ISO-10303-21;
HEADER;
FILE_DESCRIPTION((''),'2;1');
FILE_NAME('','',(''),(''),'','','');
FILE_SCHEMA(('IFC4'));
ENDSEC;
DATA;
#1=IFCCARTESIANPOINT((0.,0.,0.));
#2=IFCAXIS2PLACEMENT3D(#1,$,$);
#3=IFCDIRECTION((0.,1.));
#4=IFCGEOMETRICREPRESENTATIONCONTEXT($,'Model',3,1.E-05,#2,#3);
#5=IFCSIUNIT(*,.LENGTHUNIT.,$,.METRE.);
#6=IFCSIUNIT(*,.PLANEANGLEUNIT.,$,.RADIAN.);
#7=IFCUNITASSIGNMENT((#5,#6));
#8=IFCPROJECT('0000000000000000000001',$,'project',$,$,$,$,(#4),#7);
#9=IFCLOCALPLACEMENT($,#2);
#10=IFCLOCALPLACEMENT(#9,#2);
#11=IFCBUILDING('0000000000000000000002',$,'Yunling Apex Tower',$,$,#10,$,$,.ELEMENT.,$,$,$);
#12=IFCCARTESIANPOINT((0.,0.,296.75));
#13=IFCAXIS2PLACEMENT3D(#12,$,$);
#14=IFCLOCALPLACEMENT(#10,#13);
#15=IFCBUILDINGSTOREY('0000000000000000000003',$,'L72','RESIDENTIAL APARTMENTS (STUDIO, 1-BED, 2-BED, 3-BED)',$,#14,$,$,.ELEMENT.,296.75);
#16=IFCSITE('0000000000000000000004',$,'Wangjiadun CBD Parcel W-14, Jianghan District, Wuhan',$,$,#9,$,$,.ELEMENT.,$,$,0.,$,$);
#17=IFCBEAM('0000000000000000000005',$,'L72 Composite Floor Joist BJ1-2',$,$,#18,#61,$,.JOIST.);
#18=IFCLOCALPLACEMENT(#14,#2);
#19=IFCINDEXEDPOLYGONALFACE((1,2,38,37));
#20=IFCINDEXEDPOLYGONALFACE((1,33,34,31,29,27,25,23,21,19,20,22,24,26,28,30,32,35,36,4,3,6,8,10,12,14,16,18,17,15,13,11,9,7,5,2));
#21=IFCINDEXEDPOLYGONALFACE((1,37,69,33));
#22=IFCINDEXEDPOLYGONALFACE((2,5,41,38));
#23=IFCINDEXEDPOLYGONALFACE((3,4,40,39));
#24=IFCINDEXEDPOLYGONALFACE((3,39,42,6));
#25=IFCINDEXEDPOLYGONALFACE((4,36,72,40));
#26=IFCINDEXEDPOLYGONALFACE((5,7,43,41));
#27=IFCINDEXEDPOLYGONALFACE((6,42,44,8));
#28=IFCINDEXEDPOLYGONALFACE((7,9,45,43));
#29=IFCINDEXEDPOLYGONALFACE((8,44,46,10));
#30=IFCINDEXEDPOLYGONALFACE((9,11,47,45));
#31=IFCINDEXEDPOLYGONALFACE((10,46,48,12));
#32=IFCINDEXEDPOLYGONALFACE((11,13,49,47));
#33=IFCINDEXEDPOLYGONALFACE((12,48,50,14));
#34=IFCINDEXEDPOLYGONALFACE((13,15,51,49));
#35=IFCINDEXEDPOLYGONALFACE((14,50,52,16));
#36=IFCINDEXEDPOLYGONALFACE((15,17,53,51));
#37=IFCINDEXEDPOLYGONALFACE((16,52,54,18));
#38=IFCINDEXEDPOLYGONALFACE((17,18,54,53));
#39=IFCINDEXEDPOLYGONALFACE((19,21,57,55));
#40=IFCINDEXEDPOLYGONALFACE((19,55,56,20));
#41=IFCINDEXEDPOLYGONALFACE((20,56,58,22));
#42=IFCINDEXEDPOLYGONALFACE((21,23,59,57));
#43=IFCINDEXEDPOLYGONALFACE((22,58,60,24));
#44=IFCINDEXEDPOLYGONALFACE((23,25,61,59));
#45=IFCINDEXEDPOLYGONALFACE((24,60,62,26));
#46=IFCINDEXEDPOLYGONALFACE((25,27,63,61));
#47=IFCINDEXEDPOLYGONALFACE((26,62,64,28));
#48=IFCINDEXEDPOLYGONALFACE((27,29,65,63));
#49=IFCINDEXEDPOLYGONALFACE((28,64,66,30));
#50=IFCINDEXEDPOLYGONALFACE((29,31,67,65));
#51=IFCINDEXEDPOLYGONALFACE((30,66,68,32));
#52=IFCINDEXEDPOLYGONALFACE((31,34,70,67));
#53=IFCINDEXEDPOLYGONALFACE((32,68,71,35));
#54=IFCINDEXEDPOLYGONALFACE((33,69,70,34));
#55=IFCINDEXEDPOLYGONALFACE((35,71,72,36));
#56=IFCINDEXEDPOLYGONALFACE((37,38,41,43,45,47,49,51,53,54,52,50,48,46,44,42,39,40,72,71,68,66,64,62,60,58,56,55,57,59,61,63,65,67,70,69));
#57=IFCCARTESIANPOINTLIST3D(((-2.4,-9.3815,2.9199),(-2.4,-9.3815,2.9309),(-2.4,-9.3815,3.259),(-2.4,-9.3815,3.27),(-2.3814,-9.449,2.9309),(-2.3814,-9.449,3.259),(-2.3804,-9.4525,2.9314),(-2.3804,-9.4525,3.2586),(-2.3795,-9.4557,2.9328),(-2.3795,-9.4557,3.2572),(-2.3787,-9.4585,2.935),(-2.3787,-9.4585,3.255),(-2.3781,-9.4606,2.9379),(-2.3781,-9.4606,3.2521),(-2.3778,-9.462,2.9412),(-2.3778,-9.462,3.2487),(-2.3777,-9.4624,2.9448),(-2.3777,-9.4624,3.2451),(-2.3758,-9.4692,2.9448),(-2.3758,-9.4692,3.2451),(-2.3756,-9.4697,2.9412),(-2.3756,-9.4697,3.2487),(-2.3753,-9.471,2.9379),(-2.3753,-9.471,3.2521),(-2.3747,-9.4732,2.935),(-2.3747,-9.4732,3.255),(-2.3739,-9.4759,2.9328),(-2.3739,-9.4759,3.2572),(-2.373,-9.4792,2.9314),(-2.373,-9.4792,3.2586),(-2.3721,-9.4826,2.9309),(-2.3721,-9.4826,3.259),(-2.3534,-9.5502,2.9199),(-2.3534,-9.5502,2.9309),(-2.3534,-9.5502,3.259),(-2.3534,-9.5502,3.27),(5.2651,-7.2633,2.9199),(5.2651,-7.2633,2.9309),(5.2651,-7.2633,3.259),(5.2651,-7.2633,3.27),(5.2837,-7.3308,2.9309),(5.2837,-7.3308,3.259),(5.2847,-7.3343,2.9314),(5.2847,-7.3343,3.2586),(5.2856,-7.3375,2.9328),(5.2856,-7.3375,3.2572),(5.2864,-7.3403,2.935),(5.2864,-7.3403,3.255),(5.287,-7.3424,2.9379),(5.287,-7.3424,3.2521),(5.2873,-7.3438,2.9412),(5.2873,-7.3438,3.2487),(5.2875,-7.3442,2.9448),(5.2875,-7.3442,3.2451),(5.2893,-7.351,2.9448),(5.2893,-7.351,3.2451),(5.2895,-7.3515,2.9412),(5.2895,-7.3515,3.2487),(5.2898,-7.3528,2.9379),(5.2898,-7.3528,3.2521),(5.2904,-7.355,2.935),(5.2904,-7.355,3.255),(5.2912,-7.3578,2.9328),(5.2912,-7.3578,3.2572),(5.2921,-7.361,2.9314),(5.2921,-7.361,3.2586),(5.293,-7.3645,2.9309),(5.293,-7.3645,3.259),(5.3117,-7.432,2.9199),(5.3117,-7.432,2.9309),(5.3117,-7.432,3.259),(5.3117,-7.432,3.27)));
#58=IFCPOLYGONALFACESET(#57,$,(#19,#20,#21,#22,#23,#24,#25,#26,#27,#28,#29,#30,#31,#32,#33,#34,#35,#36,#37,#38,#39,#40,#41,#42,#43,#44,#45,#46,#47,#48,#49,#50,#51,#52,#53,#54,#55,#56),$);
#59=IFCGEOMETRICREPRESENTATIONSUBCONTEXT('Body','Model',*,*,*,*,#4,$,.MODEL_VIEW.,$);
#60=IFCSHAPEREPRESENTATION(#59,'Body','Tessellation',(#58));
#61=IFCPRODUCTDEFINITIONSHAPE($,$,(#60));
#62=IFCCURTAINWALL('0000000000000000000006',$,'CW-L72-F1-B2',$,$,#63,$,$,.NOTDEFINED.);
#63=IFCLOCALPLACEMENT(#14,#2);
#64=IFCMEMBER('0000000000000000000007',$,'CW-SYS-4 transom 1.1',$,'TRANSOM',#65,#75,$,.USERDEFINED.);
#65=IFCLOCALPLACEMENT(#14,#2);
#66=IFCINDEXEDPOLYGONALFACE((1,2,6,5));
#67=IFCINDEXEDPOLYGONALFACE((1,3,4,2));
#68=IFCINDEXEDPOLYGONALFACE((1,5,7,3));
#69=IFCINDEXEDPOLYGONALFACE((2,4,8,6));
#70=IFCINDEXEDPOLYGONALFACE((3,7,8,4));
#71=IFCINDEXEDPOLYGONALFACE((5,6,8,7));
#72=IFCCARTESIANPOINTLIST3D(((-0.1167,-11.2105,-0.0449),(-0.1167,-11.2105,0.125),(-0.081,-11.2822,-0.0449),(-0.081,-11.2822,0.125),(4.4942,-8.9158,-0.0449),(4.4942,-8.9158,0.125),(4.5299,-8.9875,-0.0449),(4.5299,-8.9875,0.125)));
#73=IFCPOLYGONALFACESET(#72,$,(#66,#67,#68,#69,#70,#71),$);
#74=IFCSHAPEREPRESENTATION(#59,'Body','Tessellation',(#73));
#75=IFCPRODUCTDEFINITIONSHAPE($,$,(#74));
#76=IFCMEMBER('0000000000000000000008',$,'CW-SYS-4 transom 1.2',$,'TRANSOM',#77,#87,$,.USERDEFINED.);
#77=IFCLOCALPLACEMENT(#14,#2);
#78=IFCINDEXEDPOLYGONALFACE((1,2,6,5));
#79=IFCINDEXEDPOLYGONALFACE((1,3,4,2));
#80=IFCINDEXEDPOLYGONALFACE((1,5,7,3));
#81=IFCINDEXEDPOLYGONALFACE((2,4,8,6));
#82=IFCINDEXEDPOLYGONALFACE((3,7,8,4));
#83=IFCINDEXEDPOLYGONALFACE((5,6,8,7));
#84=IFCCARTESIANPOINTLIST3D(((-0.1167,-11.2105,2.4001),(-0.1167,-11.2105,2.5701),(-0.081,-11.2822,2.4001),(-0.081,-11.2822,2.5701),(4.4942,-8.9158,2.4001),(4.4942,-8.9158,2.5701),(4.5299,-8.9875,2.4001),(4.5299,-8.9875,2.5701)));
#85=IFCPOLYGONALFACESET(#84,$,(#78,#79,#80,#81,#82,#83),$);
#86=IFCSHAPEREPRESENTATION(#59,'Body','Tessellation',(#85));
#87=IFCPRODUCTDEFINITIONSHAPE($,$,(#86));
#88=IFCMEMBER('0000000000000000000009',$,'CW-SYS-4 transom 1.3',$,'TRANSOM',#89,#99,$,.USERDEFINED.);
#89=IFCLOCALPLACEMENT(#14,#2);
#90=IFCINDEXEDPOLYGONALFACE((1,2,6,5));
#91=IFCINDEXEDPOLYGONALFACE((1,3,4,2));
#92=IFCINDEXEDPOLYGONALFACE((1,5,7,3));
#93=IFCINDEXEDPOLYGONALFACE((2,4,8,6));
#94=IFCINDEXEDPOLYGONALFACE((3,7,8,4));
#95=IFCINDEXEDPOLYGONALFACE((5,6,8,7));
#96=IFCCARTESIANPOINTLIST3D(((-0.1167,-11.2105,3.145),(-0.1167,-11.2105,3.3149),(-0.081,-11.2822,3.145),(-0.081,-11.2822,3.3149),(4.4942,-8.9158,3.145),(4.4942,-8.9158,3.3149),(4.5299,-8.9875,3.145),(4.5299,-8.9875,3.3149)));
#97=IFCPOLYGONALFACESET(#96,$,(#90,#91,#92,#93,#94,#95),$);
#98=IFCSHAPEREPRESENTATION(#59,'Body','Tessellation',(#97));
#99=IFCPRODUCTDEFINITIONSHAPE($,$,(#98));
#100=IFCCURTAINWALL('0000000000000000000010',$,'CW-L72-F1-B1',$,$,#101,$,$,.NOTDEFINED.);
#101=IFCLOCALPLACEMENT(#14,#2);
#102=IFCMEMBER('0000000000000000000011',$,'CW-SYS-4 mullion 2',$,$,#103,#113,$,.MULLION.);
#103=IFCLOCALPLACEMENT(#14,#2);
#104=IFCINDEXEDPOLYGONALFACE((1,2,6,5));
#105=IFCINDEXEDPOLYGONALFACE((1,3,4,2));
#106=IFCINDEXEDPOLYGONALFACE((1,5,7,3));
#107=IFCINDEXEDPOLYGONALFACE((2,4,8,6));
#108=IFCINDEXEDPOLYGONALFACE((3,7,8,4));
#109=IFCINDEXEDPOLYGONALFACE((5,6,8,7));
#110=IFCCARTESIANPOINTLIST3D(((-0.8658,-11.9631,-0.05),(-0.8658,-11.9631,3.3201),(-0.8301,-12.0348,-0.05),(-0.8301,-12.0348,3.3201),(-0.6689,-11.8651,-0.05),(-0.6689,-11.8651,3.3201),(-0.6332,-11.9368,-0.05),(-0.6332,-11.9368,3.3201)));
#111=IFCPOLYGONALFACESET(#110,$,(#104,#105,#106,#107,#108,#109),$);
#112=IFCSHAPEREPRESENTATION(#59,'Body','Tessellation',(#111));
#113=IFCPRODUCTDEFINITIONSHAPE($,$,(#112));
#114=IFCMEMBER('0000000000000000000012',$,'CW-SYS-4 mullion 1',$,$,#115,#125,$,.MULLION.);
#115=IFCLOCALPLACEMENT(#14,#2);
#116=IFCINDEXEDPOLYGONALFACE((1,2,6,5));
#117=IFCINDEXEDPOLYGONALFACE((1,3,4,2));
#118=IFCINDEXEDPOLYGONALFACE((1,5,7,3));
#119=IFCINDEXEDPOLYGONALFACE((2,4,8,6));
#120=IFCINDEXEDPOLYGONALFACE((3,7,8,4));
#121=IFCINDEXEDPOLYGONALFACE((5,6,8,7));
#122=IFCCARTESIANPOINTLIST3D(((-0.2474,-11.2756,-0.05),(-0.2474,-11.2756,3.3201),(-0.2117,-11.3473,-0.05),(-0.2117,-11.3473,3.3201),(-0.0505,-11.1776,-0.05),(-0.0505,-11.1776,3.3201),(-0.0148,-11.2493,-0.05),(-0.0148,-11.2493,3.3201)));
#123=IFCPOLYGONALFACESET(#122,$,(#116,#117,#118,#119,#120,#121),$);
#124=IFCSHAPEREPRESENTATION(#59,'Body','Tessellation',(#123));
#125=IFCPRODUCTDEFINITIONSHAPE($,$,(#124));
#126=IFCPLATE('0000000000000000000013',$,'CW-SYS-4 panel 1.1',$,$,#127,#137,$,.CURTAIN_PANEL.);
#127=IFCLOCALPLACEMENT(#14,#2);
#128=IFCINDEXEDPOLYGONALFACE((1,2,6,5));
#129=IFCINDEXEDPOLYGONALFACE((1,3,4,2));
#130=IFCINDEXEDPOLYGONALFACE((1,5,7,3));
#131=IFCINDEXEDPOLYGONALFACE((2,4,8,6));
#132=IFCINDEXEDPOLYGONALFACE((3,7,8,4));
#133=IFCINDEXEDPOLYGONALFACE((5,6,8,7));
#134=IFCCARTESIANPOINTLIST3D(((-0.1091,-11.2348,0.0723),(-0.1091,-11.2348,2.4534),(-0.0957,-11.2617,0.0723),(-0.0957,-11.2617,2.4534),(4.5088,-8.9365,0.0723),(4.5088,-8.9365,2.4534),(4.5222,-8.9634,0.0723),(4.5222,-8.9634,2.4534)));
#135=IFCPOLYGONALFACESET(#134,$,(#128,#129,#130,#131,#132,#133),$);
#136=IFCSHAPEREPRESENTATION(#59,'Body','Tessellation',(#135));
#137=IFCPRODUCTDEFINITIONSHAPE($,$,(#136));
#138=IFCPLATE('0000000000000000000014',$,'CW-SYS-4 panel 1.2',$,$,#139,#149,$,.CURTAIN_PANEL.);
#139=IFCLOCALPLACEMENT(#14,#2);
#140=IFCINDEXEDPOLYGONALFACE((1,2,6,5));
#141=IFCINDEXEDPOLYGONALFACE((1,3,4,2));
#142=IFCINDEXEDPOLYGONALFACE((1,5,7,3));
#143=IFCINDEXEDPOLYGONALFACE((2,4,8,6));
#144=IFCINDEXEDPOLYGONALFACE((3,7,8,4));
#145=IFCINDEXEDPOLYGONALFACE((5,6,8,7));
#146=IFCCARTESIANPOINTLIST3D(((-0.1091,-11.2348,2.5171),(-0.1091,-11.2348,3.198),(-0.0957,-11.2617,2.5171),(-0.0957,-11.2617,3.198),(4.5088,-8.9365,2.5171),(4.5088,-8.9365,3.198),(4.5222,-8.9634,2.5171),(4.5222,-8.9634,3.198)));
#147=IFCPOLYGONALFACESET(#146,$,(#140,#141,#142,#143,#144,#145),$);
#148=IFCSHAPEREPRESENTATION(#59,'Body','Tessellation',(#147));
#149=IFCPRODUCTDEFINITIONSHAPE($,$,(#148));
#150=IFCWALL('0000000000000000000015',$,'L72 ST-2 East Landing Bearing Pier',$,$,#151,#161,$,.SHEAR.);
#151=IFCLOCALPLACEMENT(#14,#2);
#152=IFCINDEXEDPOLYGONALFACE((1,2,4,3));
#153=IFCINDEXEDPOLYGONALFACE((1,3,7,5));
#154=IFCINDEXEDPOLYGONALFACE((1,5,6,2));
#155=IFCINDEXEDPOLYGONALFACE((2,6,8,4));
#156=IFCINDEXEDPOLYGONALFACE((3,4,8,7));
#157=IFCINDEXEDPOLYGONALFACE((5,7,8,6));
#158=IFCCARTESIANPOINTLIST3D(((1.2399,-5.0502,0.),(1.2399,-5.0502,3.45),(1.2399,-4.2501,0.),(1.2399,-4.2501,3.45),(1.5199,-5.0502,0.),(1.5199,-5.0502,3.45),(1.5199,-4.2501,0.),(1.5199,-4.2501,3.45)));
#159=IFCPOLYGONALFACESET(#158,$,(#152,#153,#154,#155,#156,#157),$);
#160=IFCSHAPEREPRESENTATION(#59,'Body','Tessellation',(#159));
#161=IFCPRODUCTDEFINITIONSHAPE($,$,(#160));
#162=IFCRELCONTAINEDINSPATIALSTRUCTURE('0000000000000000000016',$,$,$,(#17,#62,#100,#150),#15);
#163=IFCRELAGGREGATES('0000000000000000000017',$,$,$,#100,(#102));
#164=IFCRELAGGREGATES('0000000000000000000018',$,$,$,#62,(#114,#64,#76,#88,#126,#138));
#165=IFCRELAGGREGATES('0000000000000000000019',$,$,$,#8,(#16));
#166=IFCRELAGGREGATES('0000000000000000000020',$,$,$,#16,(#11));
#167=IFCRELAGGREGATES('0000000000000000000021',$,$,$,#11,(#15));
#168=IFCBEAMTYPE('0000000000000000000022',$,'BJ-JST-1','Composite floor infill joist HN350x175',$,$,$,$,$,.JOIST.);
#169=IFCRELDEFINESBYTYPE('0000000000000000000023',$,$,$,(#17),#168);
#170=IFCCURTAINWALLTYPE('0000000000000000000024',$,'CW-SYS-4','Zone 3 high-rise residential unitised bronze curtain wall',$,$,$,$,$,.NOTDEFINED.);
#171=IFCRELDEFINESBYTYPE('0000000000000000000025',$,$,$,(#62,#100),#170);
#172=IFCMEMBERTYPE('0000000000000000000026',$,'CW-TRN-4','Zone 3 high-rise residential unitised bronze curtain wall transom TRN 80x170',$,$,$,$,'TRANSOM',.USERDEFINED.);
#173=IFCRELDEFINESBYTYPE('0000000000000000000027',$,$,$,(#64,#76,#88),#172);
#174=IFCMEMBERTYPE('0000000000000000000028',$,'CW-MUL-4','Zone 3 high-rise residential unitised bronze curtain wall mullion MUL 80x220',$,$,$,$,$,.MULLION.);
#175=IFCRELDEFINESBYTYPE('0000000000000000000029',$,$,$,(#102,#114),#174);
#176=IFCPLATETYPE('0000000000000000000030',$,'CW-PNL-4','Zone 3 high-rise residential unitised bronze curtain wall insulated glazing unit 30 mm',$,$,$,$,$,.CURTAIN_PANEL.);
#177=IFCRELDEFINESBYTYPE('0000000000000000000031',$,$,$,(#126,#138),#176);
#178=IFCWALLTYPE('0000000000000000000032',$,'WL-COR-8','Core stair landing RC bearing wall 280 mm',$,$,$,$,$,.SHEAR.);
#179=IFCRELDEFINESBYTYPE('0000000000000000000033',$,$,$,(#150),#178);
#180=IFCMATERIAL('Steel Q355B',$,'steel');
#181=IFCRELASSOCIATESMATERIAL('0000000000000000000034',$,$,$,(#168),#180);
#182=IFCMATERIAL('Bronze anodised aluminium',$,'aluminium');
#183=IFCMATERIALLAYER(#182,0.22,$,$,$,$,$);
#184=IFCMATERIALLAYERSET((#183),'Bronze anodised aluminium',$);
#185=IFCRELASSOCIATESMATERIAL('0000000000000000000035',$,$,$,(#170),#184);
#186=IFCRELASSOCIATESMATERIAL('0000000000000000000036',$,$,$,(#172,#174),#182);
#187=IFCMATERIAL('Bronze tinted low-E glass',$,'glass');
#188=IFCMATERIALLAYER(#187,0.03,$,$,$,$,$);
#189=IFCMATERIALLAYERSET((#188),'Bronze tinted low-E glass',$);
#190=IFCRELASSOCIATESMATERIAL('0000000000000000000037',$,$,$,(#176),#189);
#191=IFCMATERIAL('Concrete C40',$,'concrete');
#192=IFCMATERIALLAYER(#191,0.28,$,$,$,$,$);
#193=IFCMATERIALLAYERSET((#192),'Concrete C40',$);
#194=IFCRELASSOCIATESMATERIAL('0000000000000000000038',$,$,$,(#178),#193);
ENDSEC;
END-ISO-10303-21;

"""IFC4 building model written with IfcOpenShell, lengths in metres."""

from ifc_helpers import new_model, si_unit, direction, frame, frame_2d, origin, origin_2d, place, context, subcontext, project, spatial, rectangle, i_section, extrude, source, transform, mapped, material, layer, layer_set, material_profile, profile_set, type_object, element, aggregate, save


model = new_model("IFC4")

# Units and contexts
model_context = context("Model", 3, precision=1e-05, world=origin(), true_north=direction((0.0, 1.0)))
body_context = subcontext(model_context, "Body", "Model", "MODEL_VIEW")
ifc_project = project(units=[si_unit("LENGTHUNIT", "METRE"), si_unit("PLANEANGLEUNIT", "RADIAN")], contexts=[model_context])

# Site, building, storey
site_placement = place(None, origin())
site = spatial("IfcSite", under=ifc_project, at=site_placement, Name="Wangjiadun CBD Parcel W-14, Jianghan District, Wuhan", CompositionType="ELEMENT", RefElevation=0.0)
building_placement = place(site_placement, origin())
building = spatial("IfcBuilding", under=site, at=building_placement, Name="Yunling Apex Tower", CompositionType="ELEMENT")
storey_placement = place(building_placement, frame((0.0, 0.0, 296.75)))
storey = spatial("IfcBuildingStorey", under=building, at=storey_placement, Name="L72", Description="RESIDENTIAL APARTMENTS (STUDIO, 1-BED, 2-BED, 3-BED)", CompositionType="ELEMENT", Elevation=296.75)

# Shared definitions
ifc_material_1 = material(Name="Steel Q355B", Category="steel")

# Beam
ifc_material_profile_1 = material_profile(ifc_material_1, i_section(OverallWidth=0.175, OverallDepth=0.3501, WebThickness=0.0071, FlangeThickness=0.011, FilletRadius=0.0139, at=origin_2d()))
ifc_profile_set_1 = profile_set([ifc_material_profile_1], Name="Steel Q355B")
beam_type_1 = type_object("IfcBeamType", Name="BJ-JST-1", Description="Composite floor infill joist HN350x175", PredefinedType="JOIST", material=ifc_profile_set_1)
shared_shape_1 = source(origin(), body_context, "Body", "SweptSolid", [
    extrude(i_section(OverallWidth=0.175, OverallDepth=0.3501, WebThickness=0.0071, FlangeThickness=0.011, FilletRadius=0.0139, at=origin_2d()), origin(), (0.0, 0.0, 1.0), 7.9524),
])
beam_1_placement = place(storey_placement, frame((-2.3767, -9.4658, 3.095), z_axis=(0.963874, 0.266358, 0.0), x_axis=(-0.266358, 0.963874, 0.0)))
element("IfcBeam", 1, at=beam_1_placement, inside=storey, type_object=beam_type_1, Name="L72 Composite Floor Joist BJ1-2", PredefinedType="JOIST", context=body_context, shape_type="MappedRepresentation", body=[
    mapped(shared_shape_1, transform((0.0, 0.0, 0.0), scale=1.0)),
])

# Curtain wall, members
ifc_material_2 = material(Name="Bronze anodised aluminium", Category="aluminium")
ifc_layer_1 = layer(ifc_material_2, 0.22)
ifc_layer_set_1 = layer_set([ifc_layer_1], Name="Bronze anodised aluminium")
curtain_wall_type = type_object("IfcCurtainWallType", Name="CW-SYS-4", Description="Zone 3 high-rise residential unitised bronze curtain wall", PredefinedType="NOTDEFINED", material=ifc_layer_set_1)
curtain_wall_1_placement = place(storey_placement, origin())
curtain_wall_1 = element("IfcCurtainWall", 2, at=curtain_wall_1_placement, inside=storey, type_object=curtain_wall_type, Name="CW-L72-F1-B2", PredefinedType="NOTDEFINED")
ifc_material_profile_2 = material_profile(ifc_material_2, rectangle(XDim=0.0801, YDim=0.1699, at=origin_2d()))
ifc_profile_set_2 = profile_set([ifc_material_profile_2], Name="Bronze anodised aluminium")
member_type_1 = type_object("IfcMemberType", Name="CW-TRN-4", Description="Zone 3 high-rise residential unitised bronze curtain wall transom TRN 80x170", ElementType="TRANSOM", PredefinedType="USERDEFINED", material=ifc_profile_set_2)
shared_shape_2 = source(origin(), body_context, "Body", "SweptSolid", [
    extrude(rectangle(XDim=0.0801, YDim=0.1699, at=origin_2d()), origin(), (0.0, 0.0, 1.0), 5.1504),
])
member_1_placement = place(storey_placement, frame((-0.0989, -11.2463, 0.04), z_axis=(0.89526, 0.445544, 0.0), x_axis=(-0.445544, 0.89526, 0.0)))
member_1 = element("IfcMember", 3, at=member_1_placement, type_object=member_type_1, Name="CW-SYS-4 transom 1.1", ObjectType="TRANSOM", PredefinedType="USERDEFINED", context=body_context, shape_type="MappedRepresentation", body=[
    mapped(shared_shape_2, transform((0.0, 0.0, 0.0), scale=1.0)),
])
member_2_placement = place(storey_placement, frame((-0.0989, -11.2463, 2.4851), z_axis=(0.89526, 0.445544, 0.0), x_axis=(-0.445544, 0.89526, 0.0)))
member_2 = element("IfcMember", 4, at=member_2_placement, type_object=member_type_1, Name="CW-SYS-4 transom 1.2", ObjectType="TRANSOM", PredefinedType="USERDEFINED", context=body_context, shape_type="MappedRepresentation", body=[
    mapped(shared_shape_2, transform((0.0, 0.0, 0.0), scale=1.0)),
])
member_3_placement = place(storey_placement, frame((-0.0989, -11.2463, 3.23), z_axis=(0.89526, 0.445544, 0.0), x_axis=(-0.445544, 0.89526, 0.0)))
member_3 = element("IfcMember", 5, at=member_3_placement, type_object=member_type_1, Name="CW-SYS-4 transom 1.3", ObjectType="TRANSOM", PredefinedType="USERDEFINED", context=body_context, shape_type="MappedRepresentation", body=[
    mapped(shared_shape_2, transform((0.0, 0.0, 0.0), scale=1.0)),
])

# Curtain wall, member
curtain_wall_2_placement = place(storey_placement, origin())
curtain_wall_2 = element("IfcCurtainWall", 6, at=curtain_wall_2_placement, inside=storey, type_object=curtain_wall_type, Name="CW-L72-F1-B1", PredefinedType="NOTDEFINED")
ifc_material_profile_3 = material_profile(ifc_material_2, rectangle(XDim=0.0801, YDim=0.22, at=origin_2d()))
ifc_profile_set_3 = profile_set([ifc_material_profile_3], Name="Bronze anodised aluminium")
member_type_2 = type_object("IfcMemberType", Name="CW-MUL-4", Description="Zone 3 high-rise residential unitised bronze curtain wall mullion MUL 80x220", PredefinedType="MULLION", material=ifc_profile_set_3)
shared_shape_3 = source(origin(), body_context, "Body", "SweptSolid", [
    extrude(rectangle(XDim=0.0801, YDim=0.22, at=origin_2d()), origin(), (0.0, 0.0, 1.0), 3.3701),
])
member_4_placement = place(storey_placement, frame((-0.7495, -11.95, -0.05), z_axis=(0.0, 0.0, 1.0), x_axis=(-0.445568, 0.895248, 0.0)))
member_4 = element("IfcMember", 7, at=member_4_placement, type_object=member_type_2, Name="CW-SYS-4 mullion 2", PredefinedType="MULLION", context=body_context, shape_type="MappedRepresentation", body=[
    mapped(shared_shape_3, transform((0.0, 0.0, 0.0), scale=1.0)),
])
aggregate(curtain_wall_2, [member_4])

# Member
member_5_placement = place(storey_placement, frame((-0.1311, -11.2625, -0.05), z_axis=(0.0, 0.0, 1.0), x_axis=(-0.445561, 0.895252, 0.0)))
member_5 = element("IfcMember", 8, at=member_5_placement, type_object=member_type_2, Name="CW-SYS-4 mullion 1", PredefinedType="MULLION", context=body_context, shape_type="MappedRepresentation", body=[
    mapped(shared_shape_3, transform((0.0, 0.0, 0.0), scale=1.0)),
])

# Plates
ifc_material_3 = material(Name="Bronze tinted low-E glass", Category="glass")
ifc_layer_2 = layer(ifc_material_3, 0.03)
ifc_layer_set_2 = layer_set([ifc_layer_2], Name="Bronze tinted low-E glass")
plate_type = type_object("IfcPlateType", Name="CW-PNL-4", Description="Zone 3 high-rise residential unitised bronze curtain wall insulated glazing unit 30 mm", PredefinedType="CURTAIN_PANEL", material=ifc_layer_set_2)
shared_shape_4 = source(origin(), body_context, "Body", "SweptSolid", [
    extrude(rectangle(XDim=5.1582, YDim=0.03, at=origin_2d()), origin(), (0.0, 0.0, 1.0), 2.3811),
])
plate_1_placement = place(storey_placement, frame((2.2065, -10.0991, 0.0723), z_axis=(0.0, 0.0, 1.0), x_axis=(0.895252, 0.445561, 0.0)))
plate_1 = element("IfcPlate", 9, at=plate_1_placement, type_object=plate_type, Name="CW-SYS-4 panel 1.1", PredefinedType="CURTAIN_PANEL", context=body_context, shape_type="MappedRepresentation", body=[
    mapped(shared_shape_4, transform((0.0, 0.0, 0.0), scale=1.0)),
])
shared_shape_5 = source(origin(), body_context, "Body", "SweptSolid", [
    extrude(rectangle(XDim=5.1582, YDim=0.03, at=origin_2d()), origin(), (0.0, 0.0, 1.0), 0.6809),
])
plate_2_placement = place(storey_placement, frame((2.2065, -10.0991, 2.5171), z_axis=(0.0, 0.0, 1.0), x_axis=(0.895252, 0.445561, 0.0)))
plate_2 = element("IfcPlate", 10, at=plate_2_placement, type_object=plate_type, Name="CW-SYS-4 panel 1.2", PredefinedType="CURTAIN_PANEL", context=body_context, shape_type="MappedRepresentation", body=[
    mapped(shared_shape_5, transform((0.0, 0.0, 0.0), scale=1.0)),
])
aggregate(curtain_wall_1, [member_5, member_1, member_2, member_3, plate_1, plate_2])

# Wall
ifc_material_4 = material(Name="Concrete C40", Category="concrete")
ifc_layer_3 = layer(ifc_material_4, 0.28)
ifc_layer_set_3 = layer_set([ifc_layer_3], Name="Concrete C40")
wall_type_1 = type_object("IfcWallType", Name="WL-COR-8", Description="Core stair landing RC bearing wall 280 mm", PredefinedType="SHEAR", material=ifc_layer_set_3)
wall_1_placement = place(storey_placement, frame((1.3799, -5.05, 0.0), z_axis=(0.0, 0.0, 1.0), x_axis=(0.0, 1.0, 0.0)))
element("IfcWall", 11, at=wall_1_placement, inside=storey, type_object=wall_type_1, Name="L72 ST-2 East Landing Bearing Pier", PredefinedType="SHEAR", context=body_context, shape_type="SweptSolid", body=[
    extrude(rectangle(XDim=0.8, YDim=0.28, at=frame_2d((0.3999, 0.0))), origin(), (0.0, 0.0, 1.0), 3.45),
])

save(model, "model.ifc")
